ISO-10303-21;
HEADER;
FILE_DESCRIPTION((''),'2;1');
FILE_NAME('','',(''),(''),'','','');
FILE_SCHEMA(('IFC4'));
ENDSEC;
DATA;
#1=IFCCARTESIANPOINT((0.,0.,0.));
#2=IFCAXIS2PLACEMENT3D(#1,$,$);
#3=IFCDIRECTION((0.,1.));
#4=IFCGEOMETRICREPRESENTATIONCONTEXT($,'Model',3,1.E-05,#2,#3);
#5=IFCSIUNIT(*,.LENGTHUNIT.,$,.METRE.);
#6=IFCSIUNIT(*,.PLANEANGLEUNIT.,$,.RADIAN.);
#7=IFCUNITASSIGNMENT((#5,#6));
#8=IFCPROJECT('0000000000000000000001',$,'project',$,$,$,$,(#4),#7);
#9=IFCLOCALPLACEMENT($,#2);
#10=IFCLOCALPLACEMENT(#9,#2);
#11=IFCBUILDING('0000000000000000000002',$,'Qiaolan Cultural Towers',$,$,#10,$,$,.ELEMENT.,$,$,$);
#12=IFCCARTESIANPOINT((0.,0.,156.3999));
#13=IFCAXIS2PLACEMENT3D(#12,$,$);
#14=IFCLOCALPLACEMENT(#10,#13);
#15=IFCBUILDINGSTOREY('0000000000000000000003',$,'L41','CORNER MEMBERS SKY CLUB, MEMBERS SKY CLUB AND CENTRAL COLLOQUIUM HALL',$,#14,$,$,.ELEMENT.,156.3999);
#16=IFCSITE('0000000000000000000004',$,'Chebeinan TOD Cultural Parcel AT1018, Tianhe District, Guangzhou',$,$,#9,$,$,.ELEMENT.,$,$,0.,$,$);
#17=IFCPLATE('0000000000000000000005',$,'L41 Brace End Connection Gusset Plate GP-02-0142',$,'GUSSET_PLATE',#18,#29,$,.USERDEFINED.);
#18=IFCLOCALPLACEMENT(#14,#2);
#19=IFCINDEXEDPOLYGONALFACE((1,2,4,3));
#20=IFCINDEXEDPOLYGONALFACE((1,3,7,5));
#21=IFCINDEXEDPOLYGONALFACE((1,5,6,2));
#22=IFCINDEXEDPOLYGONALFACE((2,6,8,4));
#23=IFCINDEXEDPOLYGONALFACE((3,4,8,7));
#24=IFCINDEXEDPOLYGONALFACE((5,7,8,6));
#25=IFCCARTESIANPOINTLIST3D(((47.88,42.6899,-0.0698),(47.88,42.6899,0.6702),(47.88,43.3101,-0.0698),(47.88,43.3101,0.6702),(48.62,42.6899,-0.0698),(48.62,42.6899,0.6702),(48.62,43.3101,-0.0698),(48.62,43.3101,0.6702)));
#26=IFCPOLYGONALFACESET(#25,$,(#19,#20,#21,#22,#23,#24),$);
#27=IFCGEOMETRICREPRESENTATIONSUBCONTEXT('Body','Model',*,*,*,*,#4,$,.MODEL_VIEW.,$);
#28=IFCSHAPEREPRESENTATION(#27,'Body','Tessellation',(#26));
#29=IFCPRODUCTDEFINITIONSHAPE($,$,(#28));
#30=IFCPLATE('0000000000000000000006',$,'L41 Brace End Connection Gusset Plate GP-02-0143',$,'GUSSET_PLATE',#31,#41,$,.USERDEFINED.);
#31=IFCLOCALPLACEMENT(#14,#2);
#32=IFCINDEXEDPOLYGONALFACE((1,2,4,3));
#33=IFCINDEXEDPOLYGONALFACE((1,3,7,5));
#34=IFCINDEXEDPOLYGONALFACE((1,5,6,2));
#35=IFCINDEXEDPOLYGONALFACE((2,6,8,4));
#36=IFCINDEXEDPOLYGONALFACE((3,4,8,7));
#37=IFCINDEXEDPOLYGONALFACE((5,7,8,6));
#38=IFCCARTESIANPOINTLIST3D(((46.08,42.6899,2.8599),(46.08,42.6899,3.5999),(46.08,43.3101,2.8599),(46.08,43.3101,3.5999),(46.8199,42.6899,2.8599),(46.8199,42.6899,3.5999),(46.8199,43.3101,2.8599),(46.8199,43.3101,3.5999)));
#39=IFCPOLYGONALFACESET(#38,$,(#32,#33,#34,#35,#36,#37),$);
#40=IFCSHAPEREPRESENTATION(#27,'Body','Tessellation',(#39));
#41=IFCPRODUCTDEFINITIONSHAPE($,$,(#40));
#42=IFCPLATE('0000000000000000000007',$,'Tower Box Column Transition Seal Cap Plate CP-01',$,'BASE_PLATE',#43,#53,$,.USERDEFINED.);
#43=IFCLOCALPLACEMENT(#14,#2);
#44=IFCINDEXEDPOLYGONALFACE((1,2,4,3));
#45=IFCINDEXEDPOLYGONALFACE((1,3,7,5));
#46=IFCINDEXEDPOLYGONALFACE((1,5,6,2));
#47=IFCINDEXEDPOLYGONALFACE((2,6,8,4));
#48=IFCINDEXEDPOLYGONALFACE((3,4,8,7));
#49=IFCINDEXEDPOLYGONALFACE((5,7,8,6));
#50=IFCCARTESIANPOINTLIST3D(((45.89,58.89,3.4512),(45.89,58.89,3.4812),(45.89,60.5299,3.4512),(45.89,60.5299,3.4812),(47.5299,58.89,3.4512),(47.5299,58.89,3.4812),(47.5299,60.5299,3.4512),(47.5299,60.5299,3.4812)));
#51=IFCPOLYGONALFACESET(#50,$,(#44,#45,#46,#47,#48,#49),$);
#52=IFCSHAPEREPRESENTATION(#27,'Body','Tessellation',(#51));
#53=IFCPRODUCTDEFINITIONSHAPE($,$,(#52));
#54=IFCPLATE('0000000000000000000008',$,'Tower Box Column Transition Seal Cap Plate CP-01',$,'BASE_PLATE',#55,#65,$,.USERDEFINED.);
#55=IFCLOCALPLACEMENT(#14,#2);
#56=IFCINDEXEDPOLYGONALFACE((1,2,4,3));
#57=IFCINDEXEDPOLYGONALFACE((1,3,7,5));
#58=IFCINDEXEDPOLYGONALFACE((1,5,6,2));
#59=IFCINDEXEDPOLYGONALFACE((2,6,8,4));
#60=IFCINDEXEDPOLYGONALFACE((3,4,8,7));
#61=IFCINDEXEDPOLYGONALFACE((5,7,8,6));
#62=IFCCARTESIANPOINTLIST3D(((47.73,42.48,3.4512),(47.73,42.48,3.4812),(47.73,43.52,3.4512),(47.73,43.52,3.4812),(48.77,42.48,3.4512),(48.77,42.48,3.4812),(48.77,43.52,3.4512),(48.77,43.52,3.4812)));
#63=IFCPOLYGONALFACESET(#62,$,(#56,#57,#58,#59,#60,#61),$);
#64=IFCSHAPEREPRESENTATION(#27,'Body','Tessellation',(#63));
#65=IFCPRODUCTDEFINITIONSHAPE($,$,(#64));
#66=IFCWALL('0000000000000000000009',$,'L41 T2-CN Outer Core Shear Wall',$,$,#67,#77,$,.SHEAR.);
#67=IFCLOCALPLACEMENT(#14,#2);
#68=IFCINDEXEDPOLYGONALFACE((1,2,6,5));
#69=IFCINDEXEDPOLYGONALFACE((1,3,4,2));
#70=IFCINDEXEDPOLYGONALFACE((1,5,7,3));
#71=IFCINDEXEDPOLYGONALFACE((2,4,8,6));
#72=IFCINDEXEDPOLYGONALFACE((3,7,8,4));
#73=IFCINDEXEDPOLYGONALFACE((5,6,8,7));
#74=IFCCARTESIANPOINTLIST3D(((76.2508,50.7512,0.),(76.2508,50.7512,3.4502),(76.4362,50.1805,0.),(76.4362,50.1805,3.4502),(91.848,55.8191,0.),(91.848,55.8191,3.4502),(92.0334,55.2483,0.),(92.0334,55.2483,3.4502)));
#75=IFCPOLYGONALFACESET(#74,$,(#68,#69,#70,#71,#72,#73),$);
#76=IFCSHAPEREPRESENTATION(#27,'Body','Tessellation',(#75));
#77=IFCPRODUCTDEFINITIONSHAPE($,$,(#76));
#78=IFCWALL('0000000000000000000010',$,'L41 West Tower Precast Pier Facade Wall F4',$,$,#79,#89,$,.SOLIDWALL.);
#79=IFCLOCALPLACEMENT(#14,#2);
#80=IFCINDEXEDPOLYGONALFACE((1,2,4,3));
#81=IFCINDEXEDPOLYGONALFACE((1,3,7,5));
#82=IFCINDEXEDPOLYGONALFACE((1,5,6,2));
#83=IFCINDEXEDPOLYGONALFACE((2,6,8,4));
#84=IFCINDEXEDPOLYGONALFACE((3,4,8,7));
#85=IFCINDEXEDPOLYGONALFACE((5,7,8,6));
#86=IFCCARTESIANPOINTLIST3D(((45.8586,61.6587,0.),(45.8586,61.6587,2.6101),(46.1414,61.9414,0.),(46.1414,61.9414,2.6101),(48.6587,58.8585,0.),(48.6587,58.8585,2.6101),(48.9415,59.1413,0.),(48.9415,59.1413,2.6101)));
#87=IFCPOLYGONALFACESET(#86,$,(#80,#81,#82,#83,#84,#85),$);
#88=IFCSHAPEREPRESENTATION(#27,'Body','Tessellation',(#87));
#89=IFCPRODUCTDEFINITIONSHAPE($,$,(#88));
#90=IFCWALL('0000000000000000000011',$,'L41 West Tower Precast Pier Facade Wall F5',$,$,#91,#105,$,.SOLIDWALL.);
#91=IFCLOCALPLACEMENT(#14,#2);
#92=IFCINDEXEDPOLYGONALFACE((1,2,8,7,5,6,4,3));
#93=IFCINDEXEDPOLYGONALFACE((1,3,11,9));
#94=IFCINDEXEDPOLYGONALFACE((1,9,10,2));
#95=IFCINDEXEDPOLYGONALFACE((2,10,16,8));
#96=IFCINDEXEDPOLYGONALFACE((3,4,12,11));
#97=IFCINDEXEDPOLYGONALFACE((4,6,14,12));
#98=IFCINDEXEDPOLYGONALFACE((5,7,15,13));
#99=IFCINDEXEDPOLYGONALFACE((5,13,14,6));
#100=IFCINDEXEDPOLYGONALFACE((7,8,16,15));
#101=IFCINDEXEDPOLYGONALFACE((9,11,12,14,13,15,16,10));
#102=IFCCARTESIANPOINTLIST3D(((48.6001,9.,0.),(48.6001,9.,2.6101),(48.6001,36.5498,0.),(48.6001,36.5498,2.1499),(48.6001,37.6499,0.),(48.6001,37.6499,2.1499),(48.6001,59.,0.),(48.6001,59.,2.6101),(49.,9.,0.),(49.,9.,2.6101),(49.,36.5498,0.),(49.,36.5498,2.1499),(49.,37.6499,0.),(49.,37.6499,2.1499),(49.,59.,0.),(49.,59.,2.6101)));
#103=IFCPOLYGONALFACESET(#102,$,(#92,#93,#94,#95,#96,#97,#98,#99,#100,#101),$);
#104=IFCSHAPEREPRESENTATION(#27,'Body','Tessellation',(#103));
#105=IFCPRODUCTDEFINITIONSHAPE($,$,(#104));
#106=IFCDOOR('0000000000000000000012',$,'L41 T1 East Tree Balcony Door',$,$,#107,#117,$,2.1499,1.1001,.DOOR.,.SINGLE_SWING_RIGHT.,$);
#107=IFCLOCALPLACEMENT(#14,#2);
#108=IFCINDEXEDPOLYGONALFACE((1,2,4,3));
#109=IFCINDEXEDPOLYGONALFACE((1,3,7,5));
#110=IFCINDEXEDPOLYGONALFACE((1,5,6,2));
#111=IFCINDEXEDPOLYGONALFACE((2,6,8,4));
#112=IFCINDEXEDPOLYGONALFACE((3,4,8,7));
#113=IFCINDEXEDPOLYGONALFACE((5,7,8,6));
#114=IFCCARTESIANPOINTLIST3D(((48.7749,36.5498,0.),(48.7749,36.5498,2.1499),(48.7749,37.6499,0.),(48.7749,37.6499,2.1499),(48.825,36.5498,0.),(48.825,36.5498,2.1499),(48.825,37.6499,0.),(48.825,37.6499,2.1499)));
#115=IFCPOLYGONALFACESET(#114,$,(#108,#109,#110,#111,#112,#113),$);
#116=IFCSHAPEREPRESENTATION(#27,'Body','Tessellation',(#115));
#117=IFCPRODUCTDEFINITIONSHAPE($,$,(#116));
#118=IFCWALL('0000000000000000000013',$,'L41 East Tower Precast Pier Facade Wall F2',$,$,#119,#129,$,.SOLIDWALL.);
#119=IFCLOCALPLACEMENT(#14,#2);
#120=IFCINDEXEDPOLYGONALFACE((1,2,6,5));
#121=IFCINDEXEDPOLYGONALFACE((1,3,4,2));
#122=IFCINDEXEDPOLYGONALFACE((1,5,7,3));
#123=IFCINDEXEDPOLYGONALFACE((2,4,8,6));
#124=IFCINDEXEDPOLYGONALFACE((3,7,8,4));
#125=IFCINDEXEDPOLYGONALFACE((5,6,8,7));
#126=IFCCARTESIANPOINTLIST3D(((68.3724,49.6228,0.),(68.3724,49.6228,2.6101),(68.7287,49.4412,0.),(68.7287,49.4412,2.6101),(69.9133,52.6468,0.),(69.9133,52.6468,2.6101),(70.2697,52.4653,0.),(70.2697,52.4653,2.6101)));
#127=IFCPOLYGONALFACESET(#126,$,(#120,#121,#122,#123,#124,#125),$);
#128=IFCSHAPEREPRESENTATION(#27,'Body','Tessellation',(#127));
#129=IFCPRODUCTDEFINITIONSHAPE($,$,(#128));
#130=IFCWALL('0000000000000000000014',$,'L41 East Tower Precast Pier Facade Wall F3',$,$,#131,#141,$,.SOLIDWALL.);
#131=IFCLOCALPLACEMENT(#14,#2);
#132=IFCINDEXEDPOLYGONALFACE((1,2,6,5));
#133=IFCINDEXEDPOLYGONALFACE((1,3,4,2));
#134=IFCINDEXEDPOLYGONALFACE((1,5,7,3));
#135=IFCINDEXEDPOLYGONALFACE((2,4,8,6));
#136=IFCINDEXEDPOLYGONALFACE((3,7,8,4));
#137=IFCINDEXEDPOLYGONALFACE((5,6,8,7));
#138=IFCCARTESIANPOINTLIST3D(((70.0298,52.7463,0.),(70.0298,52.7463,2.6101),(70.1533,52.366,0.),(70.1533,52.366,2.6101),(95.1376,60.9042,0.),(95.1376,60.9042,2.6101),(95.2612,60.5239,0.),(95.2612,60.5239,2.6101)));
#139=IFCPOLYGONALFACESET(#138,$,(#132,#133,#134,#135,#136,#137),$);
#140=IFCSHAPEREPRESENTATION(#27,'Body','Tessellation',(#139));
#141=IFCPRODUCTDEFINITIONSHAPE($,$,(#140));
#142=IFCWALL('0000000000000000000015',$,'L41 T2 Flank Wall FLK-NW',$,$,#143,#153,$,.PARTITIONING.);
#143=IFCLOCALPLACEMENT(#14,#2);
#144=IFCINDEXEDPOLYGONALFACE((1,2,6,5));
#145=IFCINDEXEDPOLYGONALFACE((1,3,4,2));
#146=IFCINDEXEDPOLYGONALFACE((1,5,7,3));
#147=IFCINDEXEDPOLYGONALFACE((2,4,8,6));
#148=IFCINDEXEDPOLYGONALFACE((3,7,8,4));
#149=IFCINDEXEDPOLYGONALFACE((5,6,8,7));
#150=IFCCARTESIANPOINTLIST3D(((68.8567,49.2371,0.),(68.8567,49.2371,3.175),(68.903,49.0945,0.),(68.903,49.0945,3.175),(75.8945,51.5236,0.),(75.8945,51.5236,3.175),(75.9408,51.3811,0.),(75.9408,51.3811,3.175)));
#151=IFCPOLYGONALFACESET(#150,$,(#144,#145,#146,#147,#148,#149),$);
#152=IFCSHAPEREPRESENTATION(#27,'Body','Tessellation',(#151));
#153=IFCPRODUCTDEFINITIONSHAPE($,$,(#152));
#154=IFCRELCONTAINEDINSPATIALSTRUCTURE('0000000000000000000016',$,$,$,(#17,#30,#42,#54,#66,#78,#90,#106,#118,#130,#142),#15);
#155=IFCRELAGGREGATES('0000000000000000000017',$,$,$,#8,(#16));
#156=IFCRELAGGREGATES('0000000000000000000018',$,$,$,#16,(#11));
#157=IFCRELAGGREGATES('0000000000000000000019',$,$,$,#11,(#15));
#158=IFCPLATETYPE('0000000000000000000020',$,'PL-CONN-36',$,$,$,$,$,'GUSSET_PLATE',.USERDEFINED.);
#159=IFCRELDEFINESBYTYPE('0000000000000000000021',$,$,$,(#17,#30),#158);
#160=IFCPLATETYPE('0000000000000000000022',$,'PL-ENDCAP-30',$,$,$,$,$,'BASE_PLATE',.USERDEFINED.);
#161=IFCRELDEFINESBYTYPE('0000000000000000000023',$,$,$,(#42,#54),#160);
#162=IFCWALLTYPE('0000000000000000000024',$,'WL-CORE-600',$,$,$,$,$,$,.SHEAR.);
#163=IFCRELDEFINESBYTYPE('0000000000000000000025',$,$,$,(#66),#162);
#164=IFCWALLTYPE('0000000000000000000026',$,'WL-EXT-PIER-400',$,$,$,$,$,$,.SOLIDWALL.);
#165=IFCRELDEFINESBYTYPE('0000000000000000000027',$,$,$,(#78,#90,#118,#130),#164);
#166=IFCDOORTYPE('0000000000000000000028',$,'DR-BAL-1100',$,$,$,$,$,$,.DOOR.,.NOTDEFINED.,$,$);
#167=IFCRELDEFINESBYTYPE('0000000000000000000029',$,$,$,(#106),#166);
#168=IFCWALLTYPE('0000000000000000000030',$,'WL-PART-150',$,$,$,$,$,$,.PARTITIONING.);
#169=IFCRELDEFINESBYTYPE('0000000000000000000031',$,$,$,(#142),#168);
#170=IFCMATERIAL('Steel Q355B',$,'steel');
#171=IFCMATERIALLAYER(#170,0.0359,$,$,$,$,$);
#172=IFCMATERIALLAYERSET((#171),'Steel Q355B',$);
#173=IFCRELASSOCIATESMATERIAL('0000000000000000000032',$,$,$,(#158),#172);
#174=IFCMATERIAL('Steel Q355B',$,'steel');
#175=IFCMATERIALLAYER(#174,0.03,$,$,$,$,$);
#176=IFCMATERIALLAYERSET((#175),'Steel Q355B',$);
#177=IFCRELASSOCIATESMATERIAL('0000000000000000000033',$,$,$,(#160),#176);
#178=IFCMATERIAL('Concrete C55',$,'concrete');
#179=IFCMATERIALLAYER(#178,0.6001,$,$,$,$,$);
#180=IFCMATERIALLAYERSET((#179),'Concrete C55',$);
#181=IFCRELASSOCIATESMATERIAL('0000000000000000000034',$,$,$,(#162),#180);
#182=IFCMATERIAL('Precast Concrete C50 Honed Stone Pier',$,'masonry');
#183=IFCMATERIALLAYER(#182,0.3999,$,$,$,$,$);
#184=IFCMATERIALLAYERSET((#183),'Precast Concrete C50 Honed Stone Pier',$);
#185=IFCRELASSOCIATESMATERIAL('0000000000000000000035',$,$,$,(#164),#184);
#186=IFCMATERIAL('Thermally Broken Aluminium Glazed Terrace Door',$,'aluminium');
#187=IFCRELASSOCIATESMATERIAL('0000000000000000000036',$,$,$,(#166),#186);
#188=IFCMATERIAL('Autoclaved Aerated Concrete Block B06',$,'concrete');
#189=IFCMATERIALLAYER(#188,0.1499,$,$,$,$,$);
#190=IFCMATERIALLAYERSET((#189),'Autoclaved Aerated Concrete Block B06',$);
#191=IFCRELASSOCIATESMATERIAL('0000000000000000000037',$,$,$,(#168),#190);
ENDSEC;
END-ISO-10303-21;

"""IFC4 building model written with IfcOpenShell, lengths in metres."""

from ifc_helpers import new_model, si_unit, direction, frame, frame_2d, origin, origin_2d, place, context, subcontext, project, spatial, rectangle, extrude, material, layer, layer_set, type_object, element, fill, save


model = new_model("IFC4")

# Units and contexts
model_context = context("Model", 3, precision=1e-05, world=origin(), true_north=direction((0.0, 1.0)))
body_context = subcontext(model_context, "Body", "Model", "MODEL_VIEW")
ifc_project = project(units=[si_unit("LENGTHUNIT", "METRE"), si_unit("PLANEANGLEUNIT", "RADIAN")], contexts=[model_context])

# Site, building, storey
site_placement = place(None, origin())
site = spatial("IfcSite", under=ifc_project, at=site_placement, Name="Chebeinan TOD Cultural Parcel AT1018, Tianhe District, Guangzhou", CompositionType="ELEMENT", RefElevation=0.0)
building_placement = place(site_placement, origin())
building = spatial("IfcBuilding", under=site, at=building_placement, Name="Qiaolan Cultural Towers", CompositionType="ELEMENT")
storey_placement = place(building_placement, frame((0.0, 0.0, 156.3999)))
storey = spatial("IfcBuildingStorey", under=building, at=storey_placement, Name="L41", Description="CORNER MEMBERS SKY CLUB, MEMBERS SKY CLUB AND CENTRAL COLLOQUIUM HALL", CompositionType="ELEMENT", Elevation=156.3999)

# Plates
ifc_material_1 = material(Name="Steel Q355B", Category="steel")
ifc_layer_1 = layer(ifc_material_1, 0.0359)
ifc_layer_set_1 = layer_set([ifc_layer_1], Name="Steel Q355B")
plate_type_1 = type_object("IfcPlateType", Name="PL-CONN-36", ElementType="GUSSET_PLATE", PredefinedType="USERDEFINED", material=ifc_layer_set_1)
for number, where, z_axis, x_axis, name in (
    (1, (48.25, 43.0, -0.0698), (0.0, 0.0, 1.0), (1.0, 0.0, 0.0), "L41 Brace End Connection Gusset Plate GP-02-0142"),
    (2, (46.45, 43.0, 2.8599), (0.0, 0.0, 1.0), (1.0, 0.0, 0.0), "L41 Brace End Connection Gusset Plate GP-02-0143"),
):
    element("IfcPlate", number, at=place(storey_placement, frame(where, z_axis=z_axis, x_axis=x_axis)), inside=storey, type_object=plate_type_1, Name=name, ObjectType="GUSSET_PLATE", PredefinedType="USERDEFINED", context=body_context, shape_type="SweptSolid", body=[
        extrude(rectangle(XDim=0.74, YDim=0.6201, at=origin_2d()), origin(), (0.0, 0.0, 1.0), 0.74),
    ])
ifc_material_2 = material(Name="Steel Q355B", Category="steel")
ifc_layer_2 = layer(ifc_material_2, 0.03)
ifc_layer_set_2 = layer_set([ifc_layer_2], Name="Steel Q355B")
plate_type_2 = type_object("IfcPlateType", Name="PL-ENDCAP-30", ElementType="BASE_PLATE", PredefinedType="USERDEFINED", material=ifc_layer_set_2)
plate_1_placement = place(storey_placement, frame((46.71, 59.71, 3.4512), z_axis=(0.0, 0.0, 1.0), x_axis=(1.0, 0.0, 0.0)))
element("IfcPlate", 3, at=plate_1_placement, inside=storey, type_object=plate_type_2, Name="Tower Box Column Transition Seal Cap Plate CP-01", ObjectType="BASE_PLATE", PredefinedType="USERDEFINED", context=body_context, shape_type="SweptSolid", body=[
    extrude(rectangle(XDim=1.6399, YDim=1.6399, at=origin_2d()), origin(), (0.0, 0.0, 1.0), 0.03),
])
plate_2_placement = place(storey_placement, frame((48.25, 43.0, 3.4512), z_axis=(0.0, 0.0, 1.0), x_axis=(1.0, 0.0, 0.0)))
element("IfcPlate", 4, at=plate_2_placement, inside=storey, type_object=plate_type_2, Name="Tower Box Column Transition Seal Cap Plate CP-01", ObjectType="BASE_PLATE", PredefinedType="USERDEFINED", context=body_context, shape_type="SweptSolid", body=[
    extrude(rectangle(XDim=1.04, YDim=1.04, at=origin_2d()), origin(), (0.0, 0.0, 1.0), 0.03),
])

# Walls
ifc_material_3 = material(Name="Concrete C55", Category="concrete")
ifc_layer_3 = layer(ifc_material_3, 0.6001)
ifc_layer_set_3 = layer_set([ifc_layer_3], Name="Concrete C55")
wall_type_1 = type_object("IfcWallType", Name="WL-CORE-600", PredefinedType="SHEAR", material=ifc_layer_set_3)
wall_1_placement = place(storey_placement, frame((76.3435, 50.4658, 0.0), z_axis=(0.0, 0.0, 1.0), x_axis=(0.951056, 0.309019, 0.0)))
element("IfcWall", 5, at=wall_1_placement, inside=storey, type_object=wall_type_1, Name="L41 T2-CN Outer Core Shear Wall", PredefinedType="SHEAR", context=body_context, shape_type="SweptSolid", body=[
    extrude(rectangle(XDim=16.3999, YDim=0.6001, at=frame_2d((8.2, 0.0))), origin(), (0.0, 0.0, 1.0), 3.4502),
])
ifc_material_4 = material(Name="Precast Concrete C50 Honed Stone Pier", Category="masonry")
ifc_layer_4 = layer(ifc_material_4, 0.3999)
ifc_layer_set_4 = layer_set([ifc_layer_4], Name="Precast Concrete C50 Honed Stone Pier")
wall_type_2 = type_object("IfcWallType", Name="WL-EXT-PIER-400", PredefinedType="SOLIDWALL", material=ifc_layer_set_4)
wall_2_placement = place(storey_placement, frame((46.0, 61.8, 0.0), z_axis=(0.0, 0.0, 1.0), x_axis=(0.707107, -0.707107, 0.0)))
element("IfcWall", 6, at=wall_2_placement, inside=storey, type_object=wall_type_2, Name="L41 West Tower Precast Pier Facade Wall F4", PredefinedType="SOLIDWALL", context=body_context, shape_type="SweptSolid", body=[
    extrude(rectangle(XDim=3.96, YDim=0.3999, at=frame_2d((1.98, 0.0))), origin(), (0.0, 0.0, 1.0), 2.6101),
])

# Wall, opening, door
wall_3_placement = place(storey_placement, frame((48.8, 59.0, 0.0), z_axis=(0.0, 0.0, 1.0), x_axis=(0.0, -1.0, 0.0)))
wall_3 = element("IfcWall", 7, at=wall_3_placement, inside=storey, type_object=wall_type_2, Name="L41 West Tower Precast Pier Facade Wall F5", PredefinedType="SOLIDWALL", context=body_context, shape_type="SweptSolid", body=[
    extrude(rectangle(XDim=50.0, YDim=0.3999, at=frame_2d((25.0, 0.0))), origin(), (0.0, 0.0, 1.0), 2.6101),
])
opening_placement = place(wall_3_placement, frame((21.3501, 0.0, 0.0)))
opening = element("IfcOpeningElement", 8, at=opening_placement, cuts=wall_3, PredefinedType="OPENING", context=body_context, shape_type="SweptSolid", body=[
    extrude(rectangle(XDim=1.1001, YDim=2.1499, at=frame_2d((0.55, 1.075))), frame((0.0, 0.21, 0.0), z_axis=(0.0, -1.0, 0.0), x_axis=(1.0, 0.0, 0.0)), (0.0, 0.0, 1.0), 0.4199),
])
ifc_material_5 = material(Name="Thermally Broken Aluminium Glazed Terrace Door", Category="aluminium")
door_type = type_object("IfcDoorType", Name="DR-BAL-1100", OperationType="NOTDEFINED", PredefinedType="DOOR", material=ifc_material_5)
door_placement = place(opening_placement, origin())
door = element("IfcDoor", 9, at=door_placement, inside=storey, type_object=door_type, Name="L41 T1 East Tree Balcony Door", OperationType="SINGLE_SWING_RIGHT", OverallHeight=2.1499, OverallWidth=1.1001, PredefinedType="DOOR", context=body_context, shape_type="SweptSolid", body=[
    extrude(rectangle(XDim=1.1001, YDim=2.1499, at=frame_2d((0.55, 1.075))), frame((0.0, 0.0249, 0.0), z_axis=(0.0, -1.0, 0.0), x_axis=(1.0, 0.0, 0.0)), (0.0, 0.0, 1.0), 0.05),
])
fill(opening, door)

# Walls
wall_4_placement = place(storey_placement, frame((68.5505, 49.532, 0.0), z_axis=(0.0, 0.0, 1.0), x_axis=(0.45402, 0.890992, 0.0)))
element("IfcWall", 10, at=wall_4_placement, inside=storey, type_object=wall_type_2, Name="L41 East Tower Precast Pier Facade Wall F2", PredefinedType="SOLIDWALL", context=body_context, shape_type="SweptSolid", body=[
    extrude(rectangle(XDim=3.394, YDim=0.3999, at=frame_2d((1.697, 0.0))), origin(), (0.0, 0.0, 1.0), 2.6101),
])
wall_5_placement = place(storey_placement, frame((70.0916, 52.5562, 0.0), z_axis=(0.0, 0.0, 1.0), x_axis=(0.951058, 0.309014, 0.0)))
element("IfcWall", 11, at=wall_5_placement, inside=storey, type_object=wall_type_2, Name="L41 East Tower Precast Pier Facade Wall F3", PredefinedType="SOLIDWALL", context=body_context, shape_type="SweptSolid", body=[
    extrude(rectangle(XDim=26.3999, YDim=0.3999, at=frame_2d((13.2, 0.0))), origin(), (0.0, 0.0, 1.0), 2.6101),
])
ifc_material_6 = material(Name="Autoclaved Aerated Concrete Block B06", Category="concrete")
ifc_layer_5 = layer(ifc_material_6, 0.1499)
ifc_layer_set_5 = layer_set([ifc_layer_5], Name="Autoclaved Aerated Concrete Block B06")
wall_type_3 = type_object("IfcWallType", Name="WL-PART-150", PredefinedType="PARTITIONING", material=ifc_layer_set_5)
wall_6_placement = place(storey_placement, frame((68.8799, 49.1658, 0.0), z_axis=(0.0, 0.0, 1.0), x_axis=(0.951061, 0.309003, 0.0)))
element("IfcWall", 12, at=wall_6_placement, inside=storey, type_object=wall_type_3, Name="L41 T2 Flank Wall FLK-NW", PredefinedType="PARTITIONING", context=body_context, shape_type="SweptSolid", body=[
    extrude(rectangle(XDim=7.3999, YDim=0.1499, at=frame_2d((3.7, 0.0))), origin(), (0.0, 0.0, 1.0), 3.175),
])

save(model, "model.ifc")
